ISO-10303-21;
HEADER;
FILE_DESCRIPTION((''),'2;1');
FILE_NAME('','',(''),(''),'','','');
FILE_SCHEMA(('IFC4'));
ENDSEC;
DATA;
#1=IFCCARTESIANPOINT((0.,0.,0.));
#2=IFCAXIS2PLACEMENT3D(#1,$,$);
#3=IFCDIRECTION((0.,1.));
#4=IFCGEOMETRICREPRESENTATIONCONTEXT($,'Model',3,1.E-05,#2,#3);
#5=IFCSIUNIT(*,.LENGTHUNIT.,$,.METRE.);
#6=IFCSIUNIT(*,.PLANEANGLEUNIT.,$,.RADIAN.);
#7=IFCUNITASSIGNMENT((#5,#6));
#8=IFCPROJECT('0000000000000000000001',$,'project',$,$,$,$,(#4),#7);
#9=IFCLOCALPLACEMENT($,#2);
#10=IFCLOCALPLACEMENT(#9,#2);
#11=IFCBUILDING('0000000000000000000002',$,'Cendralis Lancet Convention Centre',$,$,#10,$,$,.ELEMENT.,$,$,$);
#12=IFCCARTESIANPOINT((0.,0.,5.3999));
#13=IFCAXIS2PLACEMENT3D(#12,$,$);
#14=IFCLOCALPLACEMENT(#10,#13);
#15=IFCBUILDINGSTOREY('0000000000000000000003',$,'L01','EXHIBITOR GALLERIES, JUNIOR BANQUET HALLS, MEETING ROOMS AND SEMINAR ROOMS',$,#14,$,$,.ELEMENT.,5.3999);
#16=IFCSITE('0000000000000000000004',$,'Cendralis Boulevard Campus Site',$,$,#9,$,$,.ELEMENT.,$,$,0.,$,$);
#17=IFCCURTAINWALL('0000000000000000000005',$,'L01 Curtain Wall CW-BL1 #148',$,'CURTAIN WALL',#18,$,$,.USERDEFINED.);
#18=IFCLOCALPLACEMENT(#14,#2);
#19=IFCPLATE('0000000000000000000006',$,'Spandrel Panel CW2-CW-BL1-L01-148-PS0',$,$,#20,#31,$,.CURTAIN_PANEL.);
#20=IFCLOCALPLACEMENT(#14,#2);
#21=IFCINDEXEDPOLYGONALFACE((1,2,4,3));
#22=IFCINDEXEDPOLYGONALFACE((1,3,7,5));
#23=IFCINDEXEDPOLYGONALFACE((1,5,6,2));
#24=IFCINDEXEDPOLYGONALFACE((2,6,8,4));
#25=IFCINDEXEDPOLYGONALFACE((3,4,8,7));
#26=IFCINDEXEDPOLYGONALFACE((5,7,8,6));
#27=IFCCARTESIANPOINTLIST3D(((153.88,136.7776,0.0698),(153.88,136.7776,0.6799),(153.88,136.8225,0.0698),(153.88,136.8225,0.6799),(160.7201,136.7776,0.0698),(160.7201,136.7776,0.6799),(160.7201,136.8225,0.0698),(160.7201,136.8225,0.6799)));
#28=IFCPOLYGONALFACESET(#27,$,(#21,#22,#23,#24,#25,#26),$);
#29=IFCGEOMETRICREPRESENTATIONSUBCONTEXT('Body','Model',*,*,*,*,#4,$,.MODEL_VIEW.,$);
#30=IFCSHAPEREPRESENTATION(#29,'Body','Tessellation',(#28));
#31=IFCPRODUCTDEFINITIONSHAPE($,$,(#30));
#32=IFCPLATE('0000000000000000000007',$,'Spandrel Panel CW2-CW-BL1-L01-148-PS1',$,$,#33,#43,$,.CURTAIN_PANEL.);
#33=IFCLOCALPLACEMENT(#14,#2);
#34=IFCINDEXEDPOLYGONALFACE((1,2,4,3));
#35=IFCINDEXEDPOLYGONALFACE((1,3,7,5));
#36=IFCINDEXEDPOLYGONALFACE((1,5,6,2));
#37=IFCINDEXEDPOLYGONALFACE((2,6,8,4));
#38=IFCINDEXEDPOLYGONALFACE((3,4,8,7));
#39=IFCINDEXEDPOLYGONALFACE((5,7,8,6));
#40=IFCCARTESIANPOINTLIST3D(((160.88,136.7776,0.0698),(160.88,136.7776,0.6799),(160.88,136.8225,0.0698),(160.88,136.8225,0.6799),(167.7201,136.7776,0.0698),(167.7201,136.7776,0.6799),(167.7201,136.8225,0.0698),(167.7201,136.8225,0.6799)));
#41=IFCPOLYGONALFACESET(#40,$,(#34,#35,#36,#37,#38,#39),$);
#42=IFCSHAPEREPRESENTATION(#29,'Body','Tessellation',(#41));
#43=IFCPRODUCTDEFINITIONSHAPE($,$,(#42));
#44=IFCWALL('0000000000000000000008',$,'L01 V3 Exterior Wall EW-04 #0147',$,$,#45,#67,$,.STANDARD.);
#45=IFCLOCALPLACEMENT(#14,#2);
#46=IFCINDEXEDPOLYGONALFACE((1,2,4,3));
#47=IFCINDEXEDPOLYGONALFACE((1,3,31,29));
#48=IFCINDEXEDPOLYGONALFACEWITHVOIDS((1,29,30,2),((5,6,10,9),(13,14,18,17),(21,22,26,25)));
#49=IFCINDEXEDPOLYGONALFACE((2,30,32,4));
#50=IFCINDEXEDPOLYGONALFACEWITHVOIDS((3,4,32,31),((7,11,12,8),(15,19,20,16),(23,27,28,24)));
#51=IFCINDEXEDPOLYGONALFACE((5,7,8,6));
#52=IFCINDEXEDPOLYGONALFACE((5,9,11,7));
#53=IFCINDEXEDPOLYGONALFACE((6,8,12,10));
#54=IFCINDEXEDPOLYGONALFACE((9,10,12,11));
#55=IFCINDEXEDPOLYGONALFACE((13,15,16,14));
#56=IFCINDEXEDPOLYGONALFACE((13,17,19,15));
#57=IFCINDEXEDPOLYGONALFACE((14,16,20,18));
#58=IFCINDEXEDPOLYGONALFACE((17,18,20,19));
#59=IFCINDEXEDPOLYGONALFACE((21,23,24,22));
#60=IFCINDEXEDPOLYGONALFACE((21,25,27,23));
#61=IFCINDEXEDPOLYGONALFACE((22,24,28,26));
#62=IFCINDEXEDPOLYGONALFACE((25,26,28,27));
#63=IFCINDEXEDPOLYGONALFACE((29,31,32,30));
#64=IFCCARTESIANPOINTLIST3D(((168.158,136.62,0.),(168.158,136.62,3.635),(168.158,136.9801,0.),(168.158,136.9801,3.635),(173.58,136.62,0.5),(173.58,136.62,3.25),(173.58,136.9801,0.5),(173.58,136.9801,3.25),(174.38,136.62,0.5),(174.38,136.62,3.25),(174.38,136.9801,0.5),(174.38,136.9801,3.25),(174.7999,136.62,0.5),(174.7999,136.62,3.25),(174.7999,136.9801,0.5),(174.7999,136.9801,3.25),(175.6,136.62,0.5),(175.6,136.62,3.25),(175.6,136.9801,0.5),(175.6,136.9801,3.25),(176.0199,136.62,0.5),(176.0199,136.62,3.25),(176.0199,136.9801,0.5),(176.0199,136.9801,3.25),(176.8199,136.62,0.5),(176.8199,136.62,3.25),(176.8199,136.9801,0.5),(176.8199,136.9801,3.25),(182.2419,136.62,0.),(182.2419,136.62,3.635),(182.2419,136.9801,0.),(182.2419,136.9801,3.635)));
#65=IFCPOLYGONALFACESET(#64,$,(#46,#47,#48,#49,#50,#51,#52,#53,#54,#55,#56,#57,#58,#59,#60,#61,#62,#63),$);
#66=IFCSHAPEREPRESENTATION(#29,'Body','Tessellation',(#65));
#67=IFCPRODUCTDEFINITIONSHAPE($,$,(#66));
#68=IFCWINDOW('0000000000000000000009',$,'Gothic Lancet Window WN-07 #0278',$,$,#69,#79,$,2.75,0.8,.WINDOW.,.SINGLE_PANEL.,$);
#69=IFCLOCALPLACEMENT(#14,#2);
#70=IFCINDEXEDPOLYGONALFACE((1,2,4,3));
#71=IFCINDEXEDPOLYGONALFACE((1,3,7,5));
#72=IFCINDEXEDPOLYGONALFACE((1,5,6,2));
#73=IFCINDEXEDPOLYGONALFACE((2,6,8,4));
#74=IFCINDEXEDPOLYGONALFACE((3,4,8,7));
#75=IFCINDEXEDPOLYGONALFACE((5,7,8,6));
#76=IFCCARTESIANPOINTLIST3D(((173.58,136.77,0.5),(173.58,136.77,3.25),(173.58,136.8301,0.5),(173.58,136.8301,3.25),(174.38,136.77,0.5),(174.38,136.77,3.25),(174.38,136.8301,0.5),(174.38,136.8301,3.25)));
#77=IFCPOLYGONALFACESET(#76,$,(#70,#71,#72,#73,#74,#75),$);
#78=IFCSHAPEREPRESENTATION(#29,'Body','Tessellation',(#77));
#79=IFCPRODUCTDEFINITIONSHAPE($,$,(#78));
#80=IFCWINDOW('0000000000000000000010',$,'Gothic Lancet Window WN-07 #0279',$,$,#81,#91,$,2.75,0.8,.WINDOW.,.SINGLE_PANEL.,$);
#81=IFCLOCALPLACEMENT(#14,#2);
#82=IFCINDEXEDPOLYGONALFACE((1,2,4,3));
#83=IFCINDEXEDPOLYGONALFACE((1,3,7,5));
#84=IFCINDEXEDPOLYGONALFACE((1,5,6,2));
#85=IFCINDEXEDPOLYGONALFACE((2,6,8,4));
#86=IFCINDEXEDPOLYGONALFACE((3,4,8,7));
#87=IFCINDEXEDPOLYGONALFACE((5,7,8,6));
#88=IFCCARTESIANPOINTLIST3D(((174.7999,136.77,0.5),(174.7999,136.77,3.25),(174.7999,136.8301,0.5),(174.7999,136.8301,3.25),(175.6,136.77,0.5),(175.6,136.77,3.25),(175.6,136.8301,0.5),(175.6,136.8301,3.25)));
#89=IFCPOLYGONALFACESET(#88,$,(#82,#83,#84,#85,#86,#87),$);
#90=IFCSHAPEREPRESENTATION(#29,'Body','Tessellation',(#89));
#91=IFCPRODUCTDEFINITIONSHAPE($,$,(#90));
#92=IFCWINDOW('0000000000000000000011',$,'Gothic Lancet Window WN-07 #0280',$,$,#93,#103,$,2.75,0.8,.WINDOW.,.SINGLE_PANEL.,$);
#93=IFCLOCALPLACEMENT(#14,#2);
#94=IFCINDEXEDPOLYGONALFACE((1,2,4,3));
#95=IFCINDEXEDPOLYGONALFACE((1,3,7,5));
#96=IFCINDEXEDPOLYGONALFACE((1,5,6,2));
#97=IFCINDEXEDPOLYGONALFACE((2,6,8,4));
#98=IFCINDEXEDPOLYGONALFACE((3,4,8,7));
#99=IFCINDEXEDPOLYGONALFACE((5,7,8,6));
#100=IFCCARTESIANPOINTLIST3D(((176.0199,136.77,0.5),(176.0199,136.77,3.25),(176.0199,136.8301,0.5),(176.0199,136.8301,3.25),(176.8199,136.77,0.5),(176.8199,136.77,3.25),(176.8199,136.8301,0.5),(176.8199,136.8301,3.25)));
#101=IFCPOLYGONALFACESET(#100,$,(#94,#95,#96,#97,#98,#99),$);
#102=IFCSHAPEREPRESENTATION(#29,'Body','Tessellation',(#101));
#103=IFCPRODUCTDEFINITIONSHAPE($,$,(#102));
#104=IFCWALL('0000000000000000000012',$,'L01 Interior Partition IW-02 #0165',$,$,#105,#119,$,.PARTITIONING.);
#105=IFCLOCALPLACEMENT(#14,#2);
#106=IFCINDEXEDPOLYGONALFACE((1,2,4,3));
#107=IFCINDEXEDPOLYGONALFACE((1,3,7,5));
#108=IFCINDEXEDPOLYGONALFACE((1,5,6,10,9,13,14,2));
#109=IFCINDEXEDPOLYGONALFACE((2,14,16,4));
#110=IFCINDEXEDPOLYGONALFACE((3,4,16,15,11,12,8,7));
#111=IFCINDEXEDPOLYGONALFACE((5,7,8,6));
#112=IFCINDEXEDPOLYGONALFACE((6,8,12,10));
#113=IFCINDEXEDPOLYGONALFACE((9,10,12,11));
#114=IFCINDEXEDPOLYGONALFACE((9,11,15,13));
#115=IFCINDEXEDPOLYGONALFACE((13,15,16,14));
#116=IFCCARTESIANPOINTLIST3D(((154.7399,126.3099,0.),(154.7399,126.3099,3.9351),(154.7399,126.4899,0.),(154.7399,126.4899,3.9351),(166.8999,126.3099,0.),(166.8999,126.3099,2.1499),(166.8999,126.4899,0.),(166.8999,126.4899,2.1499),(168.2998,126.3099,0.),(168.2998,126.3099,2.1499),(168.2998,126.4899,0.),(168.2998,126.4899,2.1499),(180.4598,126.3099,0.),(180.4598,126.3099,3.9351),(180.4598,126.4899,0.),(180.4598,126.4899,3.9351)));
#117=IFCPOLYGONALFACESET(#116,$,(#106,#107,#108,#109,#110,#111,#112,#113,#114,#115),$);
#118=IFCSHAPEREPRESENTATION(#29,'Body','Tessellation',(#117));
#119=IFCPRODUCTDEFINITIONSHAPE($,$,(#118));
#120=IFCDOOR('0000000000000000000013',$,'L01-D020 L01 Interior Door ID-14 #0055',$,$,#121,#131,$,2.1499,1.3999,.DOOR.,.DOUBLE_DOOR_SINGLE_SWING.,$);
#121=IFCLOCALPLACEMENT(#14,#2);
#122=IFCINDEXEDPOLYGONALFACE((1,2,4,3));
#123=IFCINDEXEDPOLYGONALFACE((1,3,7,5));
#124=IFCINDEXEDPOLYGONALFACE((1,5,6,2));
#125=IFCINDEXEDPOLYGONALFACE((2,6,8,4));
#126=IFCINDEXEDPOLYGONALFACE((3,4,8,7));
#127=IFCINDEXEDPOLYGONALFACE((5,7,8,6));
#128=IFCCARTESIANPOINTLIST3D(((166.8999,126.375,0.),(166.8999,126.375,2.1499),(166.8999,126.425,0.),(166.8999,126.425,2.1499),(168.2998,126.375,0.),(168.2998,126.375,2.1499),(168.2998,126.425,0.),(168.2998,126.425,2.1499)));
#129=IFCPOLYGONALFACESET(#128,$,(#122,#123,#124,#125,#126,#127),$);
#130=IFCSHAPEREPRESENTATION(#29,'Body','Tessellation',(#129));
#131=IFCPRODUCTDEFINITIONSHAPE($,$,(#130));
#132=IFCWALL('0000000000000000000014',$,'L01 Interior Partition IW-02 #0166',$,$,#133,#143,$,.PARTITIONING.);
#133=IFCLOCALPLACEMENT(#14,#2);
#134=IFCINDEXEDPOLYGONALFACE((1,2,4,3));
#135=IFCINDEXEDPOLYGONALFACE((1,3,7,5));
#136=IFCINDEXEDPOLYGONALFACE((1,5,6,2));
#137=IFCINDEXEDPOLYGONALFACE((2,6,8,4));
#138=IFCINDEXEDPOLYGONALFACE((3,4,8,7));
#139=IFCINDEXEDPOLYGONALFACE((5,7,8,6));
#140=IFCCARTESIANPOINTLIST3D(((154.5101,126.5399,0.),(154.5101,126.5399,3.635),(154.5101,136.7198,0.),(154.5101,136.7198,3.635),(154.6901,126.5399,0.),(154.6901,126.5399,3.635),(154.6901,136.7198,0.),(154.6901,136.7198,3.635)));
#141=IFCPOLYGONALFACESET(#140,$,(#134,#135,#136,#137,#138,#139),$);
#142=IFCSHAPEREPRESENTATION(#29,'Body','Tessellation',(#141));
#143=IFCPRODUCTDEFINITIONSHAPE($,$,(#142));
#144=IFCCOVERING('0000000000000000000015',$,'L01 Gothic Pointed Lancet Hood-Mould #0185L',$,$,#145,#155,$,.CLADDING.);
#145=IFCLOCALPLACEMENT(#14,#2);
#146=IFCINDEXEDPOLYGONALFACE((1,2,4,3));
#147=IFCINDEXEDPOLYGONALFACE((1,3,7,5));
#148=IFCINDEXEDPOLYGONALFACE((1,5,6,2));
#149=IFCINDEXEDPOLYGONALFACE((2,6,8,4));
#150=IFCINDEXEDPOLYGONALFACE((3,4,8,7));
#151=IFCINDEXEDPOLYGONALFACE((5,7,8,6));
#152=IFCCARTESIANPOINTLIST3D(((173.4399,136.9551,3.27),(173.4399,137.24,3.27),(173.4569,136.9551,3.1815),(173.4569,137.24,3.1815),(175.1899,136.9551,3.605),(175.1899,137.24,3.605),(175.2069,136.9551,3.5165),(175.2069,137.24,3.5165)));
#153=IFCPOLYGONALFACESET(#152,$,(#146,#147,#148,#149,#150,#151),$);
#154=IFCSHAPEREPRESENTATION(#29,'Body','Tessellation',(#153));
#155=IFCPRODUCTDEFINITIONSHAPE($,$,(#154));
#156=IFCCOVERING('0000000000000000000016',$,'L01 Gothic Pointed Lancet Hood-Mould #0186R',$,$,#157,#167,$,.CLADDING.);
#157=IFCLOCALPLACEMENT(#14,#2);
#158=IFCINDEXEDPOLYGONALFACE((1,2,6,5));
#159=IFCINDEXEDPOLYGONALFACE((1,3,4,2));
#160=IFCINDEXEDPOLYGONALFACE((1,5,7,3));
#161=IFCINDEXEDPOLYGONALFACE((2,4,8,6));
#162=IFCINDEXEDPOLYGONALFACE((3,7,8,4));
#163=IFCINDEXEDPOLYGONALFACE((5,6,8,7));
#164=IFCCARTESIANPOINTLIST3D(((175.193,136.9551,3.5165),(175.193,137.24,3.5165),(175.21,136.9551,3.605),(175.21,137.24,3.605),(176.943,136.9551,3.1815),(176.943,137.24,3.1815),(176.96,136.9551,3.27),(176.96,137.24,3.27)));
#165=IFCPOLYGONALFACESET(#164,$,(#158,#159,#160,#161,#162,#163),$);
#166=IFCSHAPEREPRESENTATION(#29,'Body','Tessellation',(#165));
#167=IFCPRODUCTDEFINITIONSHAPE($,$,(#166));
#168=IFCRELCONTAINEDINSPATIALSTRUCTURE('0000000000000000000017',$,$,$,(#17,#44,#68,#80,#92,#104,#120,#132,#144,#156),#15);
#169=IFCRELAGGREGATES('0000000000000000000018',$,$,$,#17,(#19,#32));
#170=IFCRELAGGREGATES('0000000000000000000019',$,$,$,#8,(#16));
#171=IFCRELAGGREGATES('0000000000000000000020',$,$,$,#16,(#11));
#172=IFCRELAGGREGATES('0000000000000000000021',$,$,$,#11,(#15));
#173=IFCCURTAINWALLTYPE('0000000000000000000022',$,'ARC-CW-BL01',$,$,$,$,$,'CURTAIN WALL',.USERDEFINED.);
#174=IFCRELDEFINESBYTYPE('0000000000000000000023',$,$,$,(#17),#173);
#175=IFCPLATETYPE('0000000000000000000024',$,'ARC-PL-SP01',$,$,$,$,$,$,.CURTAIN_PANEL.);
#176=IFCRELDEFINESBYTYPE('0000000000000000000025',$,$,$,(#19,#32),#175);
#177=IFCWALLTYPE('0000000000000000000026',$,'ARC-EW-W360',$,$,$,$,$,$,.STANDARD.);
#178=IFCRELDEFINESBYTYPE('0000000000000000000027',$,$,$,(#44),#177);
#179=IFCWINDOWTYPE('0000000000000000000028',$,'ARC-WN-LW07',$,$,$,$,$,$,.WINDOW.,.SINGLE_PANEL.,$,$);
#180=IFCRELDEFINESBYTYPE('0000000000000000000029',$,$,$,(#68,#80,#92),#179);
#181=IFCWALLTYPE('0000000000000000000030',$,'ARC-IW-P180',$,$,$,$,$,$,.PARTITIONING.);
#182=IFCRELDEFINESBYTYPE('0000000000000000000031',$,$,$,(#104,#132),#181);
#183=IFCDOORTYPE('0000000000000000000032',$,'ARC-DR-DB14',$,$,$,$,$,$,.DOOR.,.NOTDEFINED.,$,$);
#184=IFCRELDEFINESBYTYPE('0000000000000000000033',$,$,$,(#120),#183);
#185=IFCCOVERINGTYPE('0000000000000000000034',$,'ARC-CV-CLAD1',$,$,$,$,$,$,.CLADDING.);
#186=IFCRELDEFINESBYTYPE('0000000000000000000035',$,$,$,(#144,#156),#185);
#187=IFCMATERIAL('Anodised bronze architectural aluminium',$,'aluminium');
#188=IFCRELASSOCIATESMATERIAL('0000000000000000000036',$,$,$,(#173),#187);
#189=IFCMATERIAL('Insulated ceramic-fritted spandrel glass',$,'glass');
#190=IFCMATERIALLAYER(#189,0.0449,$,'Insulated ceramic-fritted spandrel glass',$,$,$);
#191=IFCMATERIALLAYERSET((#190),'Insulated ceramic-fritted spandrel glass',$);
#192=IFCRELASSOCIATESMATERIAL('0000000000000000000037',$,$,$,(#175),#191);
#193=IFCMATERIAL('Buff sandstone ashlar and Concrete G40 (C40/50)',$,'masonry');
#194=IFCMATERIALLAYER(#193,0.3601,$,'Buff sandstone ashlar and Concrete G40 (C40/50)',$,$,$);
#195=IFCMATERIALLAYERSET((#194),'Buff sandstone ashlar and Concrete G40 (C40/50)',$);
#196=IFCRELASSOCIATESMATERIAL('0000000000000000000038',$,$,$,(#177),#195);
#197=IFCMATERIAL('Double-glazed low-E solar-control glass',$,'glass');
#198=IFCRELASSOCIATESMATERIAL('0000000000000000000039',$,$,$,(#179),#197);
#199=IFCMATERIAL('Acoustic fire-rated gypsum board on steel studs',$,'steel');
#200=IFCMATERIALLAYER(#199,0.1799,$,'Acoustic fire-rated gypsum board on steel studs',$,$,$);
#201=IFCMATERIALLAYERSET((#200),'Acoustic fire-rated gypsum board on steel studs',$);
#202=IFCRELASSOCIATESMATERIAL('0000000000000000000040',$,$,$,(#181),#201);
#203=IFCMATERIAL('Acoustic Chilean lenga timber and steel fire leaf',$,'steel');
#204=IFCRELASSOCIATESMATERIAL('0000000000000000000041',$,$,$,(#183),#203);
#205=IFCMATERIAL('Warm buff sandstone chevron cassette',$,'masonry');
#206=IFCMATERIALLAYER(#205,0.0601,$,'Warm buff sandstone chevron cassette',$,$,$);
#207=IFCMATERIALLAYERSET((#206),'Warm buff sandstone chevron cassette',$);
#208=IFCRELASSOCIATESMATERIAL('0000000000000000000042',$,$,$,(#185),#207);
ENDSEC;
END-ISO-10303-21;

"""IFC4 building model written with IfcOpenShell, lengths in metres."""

from ifc_helpers import new_model, si_unit, direction, frame, frame_2d, origin, origin_2d, place, context, subcontext, project, spatial, polyline, rectangle, outline, extrude, material, layer, layer_set, type_object, element, fill, aggregate, save


model = new_model("IFC4")

# Units and contexts
model_context = context("Model", 3, precision=1e-05, world=origin(), true_north=direction((0.0, 1.0)))
body_context = subcontext(model_context, "Body", "Model", "MODEL_VIEW")
ifc_project = project(units=[si_unit("LENGTHUNIT", "METRE"), si_unit("PLANEANGLEUNIT", "RADIAN")], contexts=[model_context])

# Site, building, storey
site_placement = place(None, origin())
site = spatial("IfcSite", under=ifc_project, at=site_placement, Name="Cendralis Boulevard Campus Site", CompositionType="ELEMENT", RefElevation=0.0)
building_placement = place(site_placement, origin())
building = spatial("IfcBuilding", under=site, at=building_placement, Name="Cendralis Lancet Convention Centre", CompositionType="ELEMENT")
storey_placement = place(building_placement, frame((0.0, 0.0, 5.3999)))
storey = spatial("IfcBuildingStorey", under=building, at=storey_placement, Name="L01", Description="EXHIBITOR GALLERIES, JUNIOR BANQUET HALLS, MEETING ROOMS AND SEMINAR ROOMS", CompositionType="ELEMENT", Elevation=5.3999)

# Curtain wall
ifc_material_1 = material(Name="Anodised bronze architectural aluminium", Category="aluminium")
curtain_wall_type = type_object("IfcCurtainWallType", Name="ARC-CW-BL01", ElementType="CURTAIN WALL", PredefinedType="USERDEFINED", material=ifc_material_1)
curtain_wall_placement = place(storey_placement, origin())
curtain_wall = element("IfcCurtainWall", 1, at=curtain_wall_placement, inside=storey, type_object=curtain_wall_type, Name="L01 Curtain Wall CW-BL1 #148", ObjectType="CURTAIN WALL", PredefinedType="USERDEFINED")

# Plates
ifc_material_2 = material(Name="Double-glazed low-E solar-control glass", Category="glass")
ifc_material_3 = material(Name="Insulated ceramic-fritted spandrel glass", Category="glass")
ifc_layer_1 = layer(ifc_material_3, 0.0449, Name="Insulated ceramic-fritted spandrel glass")
ifc_layer_set_1 = layer_set([ifc_layer_1], Name="Insulated ceramic-fritted spandrel glass")
plate_type_1 = type_object("IfcPlateType", Name="ARC-PL-SP01", PredefinedType="CURTAIN_PANEL", material=ifc_layer_set_1)
plate_1_placement = place(storey_placement, frame((157.3, 136.8, 0.0698), z_axis=(0.0, 0.0, 1.0), x_axis=(1.0, 0.0, 0.0)))
plate_1 = element("IfcPlate", 2, at=plate_1_placement, type_object=plate_type_1, Name="Spandrel Panel CW2-CW-BL1-L01-148-PS0", PredefinedType="CURTAIN_PANEL", context=body_context, shape_type="SweptSolid", body=[
    extrude(rectangle(XDim=6.8401, YDim=0.0449, at=origin_2d()), origin(), (0.0, 0.0, 1.0), 0.6101),
])
plate_2_placement = place(storey_placement, frame((164.3, 136.8, 0.0698), z_axis=(0.0, 0.0, 1.0), x_axis=(1.0, 0.0, 0.0)))
plate_2 = element("IfcPlate", 3, at=plate_2_placement, type_object=plate_type_1, Name="Spandrel Panel CW2-CW-BL1-L01-148-PS1", PredefinedType="CURTAIN_PANEL", context=body_context, shape_type="SweptSolid", body=[
    extrude(rectangle(XDim=6.8401, YDim=0.0449, at=origin_2d()), origin(), (0.0, 0.0, 1.0), 0.6101),
])
aggregate(curtain_wall, [plate_1, plate_2])

# Wall, openings, windows
ifc_material_4 = material(Name="Buff sandstone ashlar and Concrete G40 (C40/50)", Category="masonry")
ifc_layer_2 = layer(ifc_material_4, 0.3601, Name="Buff sandstone ashlar and Concrete G40 (C40/50)")
ifc_layer_set_2 = layer_set([ifc_layer_2], Name="Buff sandstone ashlar and Concrete G40 (C40/50)")
wall_type_1 = type_object("IfcWallType", Name="ARC-EW-W360", PredefinedType="STANDARD", material=ifc_layer_set_2)
wall_1_placement = place(storey_placement, frame((168.158, 136.8, 0.0), z_axis=(0.0, 0.0, 1.0), x_axis=(1.0, 0.0, 0.0)))
wall_1 = element("IfcWall", 4, at=wall_1_placement, inside=storey, type_object=wall_type_1, Name="L01 V3 Exterior Wall EW-04 #0147", PredefinedType="STANDARD", context=body_context, shape_type="SweptSolid", body=[
    extrude(rectangle(XDim=14.084, YDim=0.3601, at=frame_2d((7.042, 0.0))), origin(), (0.0, 0.0, 1.0), 3.635),
])
opening_1_placement = place(wall_1_placement, frame((5.4221, 0.0, 0.5)))
opening_1 = element("IfcOpeningElement", 5, at=opening_1_placement, cuts=wall_1, PredefinedType="OPENING", context=body_context, shape_type="SweptSolid", body=[
    extrude(rectangle(XDim=0.8, YDim=2.75, at=frame_2d((0.3999, 1.375))), frame((0.0, 0.1899, 0.0), z_axis=(0.0, -1.0, 0.0), x_axis=(1.0, 0.0, 0.0)), (0.0, 0.0, 1.0), 0.3801),
])
opening_2_placement = place(wall_1_placement, frame((6.6421, 0.0, 0.5)))
opening_2 = element("IfcOpeningElement", 6, at=opening_2_placement, cuts=wall_1, PredefinedType="OPENING", context=body_context, shape_type="SweptSolid", body=[
    extrude(rectangle(XDim=0.8, YDim=2.75, at=frame_2d((0.3999, 1.375))), frame((0.0, 0.1899, 0.0), z_axis=(0.0, -1.0, 0.0), x_axis=(1.0, 0.0, 0.0)), (0.0, 0.0, 1.0), 0.3801),
])
opening_3_placement = place(wall_1_placement, frame((7.8621, 0.0, 0.5)))
opening_3 = element("IfcOpeningElement", 7, at=opening_3_placement, cuts=wall_1, PredefinedType="OPENING", context=body_context, shape_type="SweptSolid", body=[
    extrude(rectangle(XDim=0.8, YDim=2.75, at=frame_2d((0.3999, 1.375))), frame((0.0, 0.1899, 0.0), z_axis=(0.0, -1.0, 0.0), x_axis=(1.0, 0.0, 0.0)), (0.0, 0.0, 1.0), 0.3801),
])
window_type = type_object("IfcWindowType", Name="ARC-WN-LW07", PartitioningType="SINGLE_PANEL", PredefinedType="WINDOW", material=ifc_material_2)
window_1_placement = place(opening_1_placement, origin())
window_1 = element("IfcWindow", 8, at=window_1_placement, inside=storey, type_object=window_type, Name="Gothic Lancet Window WN-07 #0278", OverallHeight=2.75, OverallWidth=0.8, PartitioningType="SINGLE_PANEL", PredefinedType="WINDOW", context=body_context, shape_type="SweptSolid", body=[
    extrude(rectangle(XDim=0.8, YDim=2.75, at=frame_2d((0.3999, 1.375))), frame((0.0, 0.03, 0.0), z_axis=(0.0, -1.0, 0.0), x_axis=(1.0, 0.0, 0.0)), (0.0, 0.0, 1.0), 0.0601),
])
fill(opening_1, window_1)
window_2_placement = place(opening_2_placement, origin())
window_2 = element("IfcWindow", 9, at=window_2_placement, inside=storey, type_object=window_type, Name="Gothic Lancet Window WN-07 #0279", OverallHeight=2.75, OverallWidth=0.8, PartitioningType="SINGLE_PANEL", PredefinedType="WINDOW", context=body_context, shape_type="SweptSolid", body=[
    extrude(rectangle(XDim=0.8, YDim=2.75, at=frame_2d((0.3999, 1.375))), frame((0.0, 0.03, 0.0), z_axis=(0.0, -1.0, 0.0), x_axis=(1.0, 0.0, 0.0)), (0.0, 0.0, 1.0), 0.0601),
])
fill(opening_2, window_2)
window_3_placement = place(opening_3_placement, origin())
window_3 = element("IfcWindow", 10, at=window_3_placement, inside=storey, type_object=window_type, Name="Gothic Lancet Window WN-07 #0280", OverallHeight=2.75, OverallWidth=0.8, PartitioningType="SINGLE_PANEL", PredefinedType="WINDOW", context=body_context, shape_type="SweptSolid", body=[
    extrude(rectangle(XDim=0.8, YDim=2.75, at=frame_2d((0.3999, 1.375))), frame((0.0, 0.03, 0.0), z_axis=(0.0, -1.0, 0.0), x_axis=(1.0, 0.0, 0.0)), (0.0, 0.0, 1.0), 0.0601),
])
fill(opening_3, window_3)

# Wall, opening, door
ifc_material_5 = material(Name="Acoustic fire-rated gypsum board on steel studs", Category="steel")
ifc_layer_3 = layer(ifc_material_5, 0.1799, Name="Acoustic fire-rated gypsum board on steel studs")
ifc_layer_set_3 = layer_set([ifc_layer_3], Name="Acoustic fire-rated gypsum board on steel studs")
wall_type_2 = type_object("IfcWallType", Name="ARC-IW-P180", PredefinedType="PARTITIONING", material=ifc_layer_set_3)
wall_2_placement = place(storey_placement, frame((154.74, 126.3999, 0.0), z_axis=(0.0, 0.0, 1.0), x_axis=(1.0, 0.0, 0.0)))
wall_2 = element("IfcWall", 11, at=wall_2_placement, inside=storey, type_object=wall_type_2, Name="L01 Interior Partition IW-02 #0165", PredefinedType="PARTITIONING", context=body_context, shape_type="SweptSolid", body=[
    extrude(rectangle(XDim=25.72, YDim=0.1799, at=frame_2d((12.8599, 0.0))), origin(), (0.0, 0.0, 1.0), 3.9351),
])
opening_4_placement = place(wall_2_placement, frame((12.1599, 0.0, 0.0)))
opening_4 = element("IfcOpeningElement", 12, at=opening_4_placement, cuts=wall_2, PredefinedType="OPENING", context=body_context, shape_type="SweptSolid", body=[
    extrude(rectangle(XDim=1.3999, YDim=2.1499, at=frame_2d((0.7, 1.075))), frame((0.0, 0.0999, 0.0), z_axis=(0.0, -1.0, 0.0), x_axis=(1.0, 0.0, 0.0)), (0.0, 0.0, 1.0), 0.2),
])
ifc_material_6 = material(Name="Acoustic Chilean lenga timber and steel fire leaf", Category="steel")
door_type = type_object("IfcDoorType", Name="ARC-DR-DB14", OperationType="NOTDEFINED", PredefinedType="DOOR", material=ifc_material_6)
door_placement = place(opening_4_placement, frame((1.3999, 0.0, 0.0), z_axis=(0.0, 0.0, 1.0), x_axis=(-1.0, 0.0, 0.0)))
door = element("IfcDoor", 13, at=door_placement, inside=storey, type_object=door_type, Name="L01-D020 L01 Interior Door ID-14 #0055", OperationType="DOUBLE_DOOR_SINGLE_SWING", OverallHeight=2.1499, OverallWidth=1.3999, PredefinedType="DOOR", context=body_context, shape_type="SweptSolid", body=[
    extrude(rectangle(XDim=1.3999, YDim=2.1499, at=frame_2d((0.7, 1.075))), frame((0.0, 0.0249, 0.0), z_axis=(0.0, -1.0, 0.0), x_axis=(1.0, 0.0, 0.0)), (0.0, 0.0, 1.0), 0.05),
])
fill(opening_4, door)

# Wall
wall_3_placement = place(storey_placement, frame((154.6001, 126.54, 0.0), z_axis=(0.0, 0.0, 1.0), x_axis=(0.0, 1.0, 0.0)))
element("IfcWall", 14, at=wall_3_placement, inside=storey, type_object=wall_type_2, Name="L01 Interior Partition IW-02 #0166", PredefinedType="PARTITIONING", context=body_context, shape_type="SweptSolid", body=[
    extrude(rectangle(XDim=10.1799, YDim=0.1799, at=frame_2d((5.0898, 0.0))), origin(), (0.0, 0.0, 1.0), 3.635),
])

# Coverings
ifc_material_7 = material(Name="Warm buff sandstone chevron cassette", Category="masonry")
ifc_layer_4 = layer(ifc_material_7, 0.0601, Name="Warm buff sandstone chevron cassette")
ifc_layer_set_4 = layer_set([ifc_layer_4], Name="Warm buff sandstone chevron cassette")
covering_type = type_object("IfcCoveringType", Name="ARC-CV-CLAD1", PredefinedType="CLADDING", material=ifc_layer_set_4)
for number, where, z_axis, x_axis, name in (
    (15, (173.4399, 137.24, 3.27), (-0.187994, 0.0, 0.98217), (0.0, -1.0, 0.0), "L01 Gothic Pointed Lancet Hood-Mould #0185L"),
    (16, (175.21, 137.24, 3.605), (0.187994, 0.0, 0.98217), (0.0, -1.0, 0.0), "L01 Gothic Pointed Lancet Hood-Mould #0186R"),
):
    element("IfcCovering", number, at=place(storey_placement, frame(where, z_axis=z_axis, x_axis=x_axis)), inside=storey, type_object=covering_type, Name=name, PredefinedType="CLADDING", context=body_context, shape_type="SweptSolid", body=[
        extrude(outline(polyline([(0.0, 0.0), (0.2849, 0.0), (0.2849, 1.7818), (0.0, 1.7818), (0.0, 0.0)])), origin(), (0.0, 0.0, -1.0), 0.0901),
    ])

save(model, "model.ifc")
